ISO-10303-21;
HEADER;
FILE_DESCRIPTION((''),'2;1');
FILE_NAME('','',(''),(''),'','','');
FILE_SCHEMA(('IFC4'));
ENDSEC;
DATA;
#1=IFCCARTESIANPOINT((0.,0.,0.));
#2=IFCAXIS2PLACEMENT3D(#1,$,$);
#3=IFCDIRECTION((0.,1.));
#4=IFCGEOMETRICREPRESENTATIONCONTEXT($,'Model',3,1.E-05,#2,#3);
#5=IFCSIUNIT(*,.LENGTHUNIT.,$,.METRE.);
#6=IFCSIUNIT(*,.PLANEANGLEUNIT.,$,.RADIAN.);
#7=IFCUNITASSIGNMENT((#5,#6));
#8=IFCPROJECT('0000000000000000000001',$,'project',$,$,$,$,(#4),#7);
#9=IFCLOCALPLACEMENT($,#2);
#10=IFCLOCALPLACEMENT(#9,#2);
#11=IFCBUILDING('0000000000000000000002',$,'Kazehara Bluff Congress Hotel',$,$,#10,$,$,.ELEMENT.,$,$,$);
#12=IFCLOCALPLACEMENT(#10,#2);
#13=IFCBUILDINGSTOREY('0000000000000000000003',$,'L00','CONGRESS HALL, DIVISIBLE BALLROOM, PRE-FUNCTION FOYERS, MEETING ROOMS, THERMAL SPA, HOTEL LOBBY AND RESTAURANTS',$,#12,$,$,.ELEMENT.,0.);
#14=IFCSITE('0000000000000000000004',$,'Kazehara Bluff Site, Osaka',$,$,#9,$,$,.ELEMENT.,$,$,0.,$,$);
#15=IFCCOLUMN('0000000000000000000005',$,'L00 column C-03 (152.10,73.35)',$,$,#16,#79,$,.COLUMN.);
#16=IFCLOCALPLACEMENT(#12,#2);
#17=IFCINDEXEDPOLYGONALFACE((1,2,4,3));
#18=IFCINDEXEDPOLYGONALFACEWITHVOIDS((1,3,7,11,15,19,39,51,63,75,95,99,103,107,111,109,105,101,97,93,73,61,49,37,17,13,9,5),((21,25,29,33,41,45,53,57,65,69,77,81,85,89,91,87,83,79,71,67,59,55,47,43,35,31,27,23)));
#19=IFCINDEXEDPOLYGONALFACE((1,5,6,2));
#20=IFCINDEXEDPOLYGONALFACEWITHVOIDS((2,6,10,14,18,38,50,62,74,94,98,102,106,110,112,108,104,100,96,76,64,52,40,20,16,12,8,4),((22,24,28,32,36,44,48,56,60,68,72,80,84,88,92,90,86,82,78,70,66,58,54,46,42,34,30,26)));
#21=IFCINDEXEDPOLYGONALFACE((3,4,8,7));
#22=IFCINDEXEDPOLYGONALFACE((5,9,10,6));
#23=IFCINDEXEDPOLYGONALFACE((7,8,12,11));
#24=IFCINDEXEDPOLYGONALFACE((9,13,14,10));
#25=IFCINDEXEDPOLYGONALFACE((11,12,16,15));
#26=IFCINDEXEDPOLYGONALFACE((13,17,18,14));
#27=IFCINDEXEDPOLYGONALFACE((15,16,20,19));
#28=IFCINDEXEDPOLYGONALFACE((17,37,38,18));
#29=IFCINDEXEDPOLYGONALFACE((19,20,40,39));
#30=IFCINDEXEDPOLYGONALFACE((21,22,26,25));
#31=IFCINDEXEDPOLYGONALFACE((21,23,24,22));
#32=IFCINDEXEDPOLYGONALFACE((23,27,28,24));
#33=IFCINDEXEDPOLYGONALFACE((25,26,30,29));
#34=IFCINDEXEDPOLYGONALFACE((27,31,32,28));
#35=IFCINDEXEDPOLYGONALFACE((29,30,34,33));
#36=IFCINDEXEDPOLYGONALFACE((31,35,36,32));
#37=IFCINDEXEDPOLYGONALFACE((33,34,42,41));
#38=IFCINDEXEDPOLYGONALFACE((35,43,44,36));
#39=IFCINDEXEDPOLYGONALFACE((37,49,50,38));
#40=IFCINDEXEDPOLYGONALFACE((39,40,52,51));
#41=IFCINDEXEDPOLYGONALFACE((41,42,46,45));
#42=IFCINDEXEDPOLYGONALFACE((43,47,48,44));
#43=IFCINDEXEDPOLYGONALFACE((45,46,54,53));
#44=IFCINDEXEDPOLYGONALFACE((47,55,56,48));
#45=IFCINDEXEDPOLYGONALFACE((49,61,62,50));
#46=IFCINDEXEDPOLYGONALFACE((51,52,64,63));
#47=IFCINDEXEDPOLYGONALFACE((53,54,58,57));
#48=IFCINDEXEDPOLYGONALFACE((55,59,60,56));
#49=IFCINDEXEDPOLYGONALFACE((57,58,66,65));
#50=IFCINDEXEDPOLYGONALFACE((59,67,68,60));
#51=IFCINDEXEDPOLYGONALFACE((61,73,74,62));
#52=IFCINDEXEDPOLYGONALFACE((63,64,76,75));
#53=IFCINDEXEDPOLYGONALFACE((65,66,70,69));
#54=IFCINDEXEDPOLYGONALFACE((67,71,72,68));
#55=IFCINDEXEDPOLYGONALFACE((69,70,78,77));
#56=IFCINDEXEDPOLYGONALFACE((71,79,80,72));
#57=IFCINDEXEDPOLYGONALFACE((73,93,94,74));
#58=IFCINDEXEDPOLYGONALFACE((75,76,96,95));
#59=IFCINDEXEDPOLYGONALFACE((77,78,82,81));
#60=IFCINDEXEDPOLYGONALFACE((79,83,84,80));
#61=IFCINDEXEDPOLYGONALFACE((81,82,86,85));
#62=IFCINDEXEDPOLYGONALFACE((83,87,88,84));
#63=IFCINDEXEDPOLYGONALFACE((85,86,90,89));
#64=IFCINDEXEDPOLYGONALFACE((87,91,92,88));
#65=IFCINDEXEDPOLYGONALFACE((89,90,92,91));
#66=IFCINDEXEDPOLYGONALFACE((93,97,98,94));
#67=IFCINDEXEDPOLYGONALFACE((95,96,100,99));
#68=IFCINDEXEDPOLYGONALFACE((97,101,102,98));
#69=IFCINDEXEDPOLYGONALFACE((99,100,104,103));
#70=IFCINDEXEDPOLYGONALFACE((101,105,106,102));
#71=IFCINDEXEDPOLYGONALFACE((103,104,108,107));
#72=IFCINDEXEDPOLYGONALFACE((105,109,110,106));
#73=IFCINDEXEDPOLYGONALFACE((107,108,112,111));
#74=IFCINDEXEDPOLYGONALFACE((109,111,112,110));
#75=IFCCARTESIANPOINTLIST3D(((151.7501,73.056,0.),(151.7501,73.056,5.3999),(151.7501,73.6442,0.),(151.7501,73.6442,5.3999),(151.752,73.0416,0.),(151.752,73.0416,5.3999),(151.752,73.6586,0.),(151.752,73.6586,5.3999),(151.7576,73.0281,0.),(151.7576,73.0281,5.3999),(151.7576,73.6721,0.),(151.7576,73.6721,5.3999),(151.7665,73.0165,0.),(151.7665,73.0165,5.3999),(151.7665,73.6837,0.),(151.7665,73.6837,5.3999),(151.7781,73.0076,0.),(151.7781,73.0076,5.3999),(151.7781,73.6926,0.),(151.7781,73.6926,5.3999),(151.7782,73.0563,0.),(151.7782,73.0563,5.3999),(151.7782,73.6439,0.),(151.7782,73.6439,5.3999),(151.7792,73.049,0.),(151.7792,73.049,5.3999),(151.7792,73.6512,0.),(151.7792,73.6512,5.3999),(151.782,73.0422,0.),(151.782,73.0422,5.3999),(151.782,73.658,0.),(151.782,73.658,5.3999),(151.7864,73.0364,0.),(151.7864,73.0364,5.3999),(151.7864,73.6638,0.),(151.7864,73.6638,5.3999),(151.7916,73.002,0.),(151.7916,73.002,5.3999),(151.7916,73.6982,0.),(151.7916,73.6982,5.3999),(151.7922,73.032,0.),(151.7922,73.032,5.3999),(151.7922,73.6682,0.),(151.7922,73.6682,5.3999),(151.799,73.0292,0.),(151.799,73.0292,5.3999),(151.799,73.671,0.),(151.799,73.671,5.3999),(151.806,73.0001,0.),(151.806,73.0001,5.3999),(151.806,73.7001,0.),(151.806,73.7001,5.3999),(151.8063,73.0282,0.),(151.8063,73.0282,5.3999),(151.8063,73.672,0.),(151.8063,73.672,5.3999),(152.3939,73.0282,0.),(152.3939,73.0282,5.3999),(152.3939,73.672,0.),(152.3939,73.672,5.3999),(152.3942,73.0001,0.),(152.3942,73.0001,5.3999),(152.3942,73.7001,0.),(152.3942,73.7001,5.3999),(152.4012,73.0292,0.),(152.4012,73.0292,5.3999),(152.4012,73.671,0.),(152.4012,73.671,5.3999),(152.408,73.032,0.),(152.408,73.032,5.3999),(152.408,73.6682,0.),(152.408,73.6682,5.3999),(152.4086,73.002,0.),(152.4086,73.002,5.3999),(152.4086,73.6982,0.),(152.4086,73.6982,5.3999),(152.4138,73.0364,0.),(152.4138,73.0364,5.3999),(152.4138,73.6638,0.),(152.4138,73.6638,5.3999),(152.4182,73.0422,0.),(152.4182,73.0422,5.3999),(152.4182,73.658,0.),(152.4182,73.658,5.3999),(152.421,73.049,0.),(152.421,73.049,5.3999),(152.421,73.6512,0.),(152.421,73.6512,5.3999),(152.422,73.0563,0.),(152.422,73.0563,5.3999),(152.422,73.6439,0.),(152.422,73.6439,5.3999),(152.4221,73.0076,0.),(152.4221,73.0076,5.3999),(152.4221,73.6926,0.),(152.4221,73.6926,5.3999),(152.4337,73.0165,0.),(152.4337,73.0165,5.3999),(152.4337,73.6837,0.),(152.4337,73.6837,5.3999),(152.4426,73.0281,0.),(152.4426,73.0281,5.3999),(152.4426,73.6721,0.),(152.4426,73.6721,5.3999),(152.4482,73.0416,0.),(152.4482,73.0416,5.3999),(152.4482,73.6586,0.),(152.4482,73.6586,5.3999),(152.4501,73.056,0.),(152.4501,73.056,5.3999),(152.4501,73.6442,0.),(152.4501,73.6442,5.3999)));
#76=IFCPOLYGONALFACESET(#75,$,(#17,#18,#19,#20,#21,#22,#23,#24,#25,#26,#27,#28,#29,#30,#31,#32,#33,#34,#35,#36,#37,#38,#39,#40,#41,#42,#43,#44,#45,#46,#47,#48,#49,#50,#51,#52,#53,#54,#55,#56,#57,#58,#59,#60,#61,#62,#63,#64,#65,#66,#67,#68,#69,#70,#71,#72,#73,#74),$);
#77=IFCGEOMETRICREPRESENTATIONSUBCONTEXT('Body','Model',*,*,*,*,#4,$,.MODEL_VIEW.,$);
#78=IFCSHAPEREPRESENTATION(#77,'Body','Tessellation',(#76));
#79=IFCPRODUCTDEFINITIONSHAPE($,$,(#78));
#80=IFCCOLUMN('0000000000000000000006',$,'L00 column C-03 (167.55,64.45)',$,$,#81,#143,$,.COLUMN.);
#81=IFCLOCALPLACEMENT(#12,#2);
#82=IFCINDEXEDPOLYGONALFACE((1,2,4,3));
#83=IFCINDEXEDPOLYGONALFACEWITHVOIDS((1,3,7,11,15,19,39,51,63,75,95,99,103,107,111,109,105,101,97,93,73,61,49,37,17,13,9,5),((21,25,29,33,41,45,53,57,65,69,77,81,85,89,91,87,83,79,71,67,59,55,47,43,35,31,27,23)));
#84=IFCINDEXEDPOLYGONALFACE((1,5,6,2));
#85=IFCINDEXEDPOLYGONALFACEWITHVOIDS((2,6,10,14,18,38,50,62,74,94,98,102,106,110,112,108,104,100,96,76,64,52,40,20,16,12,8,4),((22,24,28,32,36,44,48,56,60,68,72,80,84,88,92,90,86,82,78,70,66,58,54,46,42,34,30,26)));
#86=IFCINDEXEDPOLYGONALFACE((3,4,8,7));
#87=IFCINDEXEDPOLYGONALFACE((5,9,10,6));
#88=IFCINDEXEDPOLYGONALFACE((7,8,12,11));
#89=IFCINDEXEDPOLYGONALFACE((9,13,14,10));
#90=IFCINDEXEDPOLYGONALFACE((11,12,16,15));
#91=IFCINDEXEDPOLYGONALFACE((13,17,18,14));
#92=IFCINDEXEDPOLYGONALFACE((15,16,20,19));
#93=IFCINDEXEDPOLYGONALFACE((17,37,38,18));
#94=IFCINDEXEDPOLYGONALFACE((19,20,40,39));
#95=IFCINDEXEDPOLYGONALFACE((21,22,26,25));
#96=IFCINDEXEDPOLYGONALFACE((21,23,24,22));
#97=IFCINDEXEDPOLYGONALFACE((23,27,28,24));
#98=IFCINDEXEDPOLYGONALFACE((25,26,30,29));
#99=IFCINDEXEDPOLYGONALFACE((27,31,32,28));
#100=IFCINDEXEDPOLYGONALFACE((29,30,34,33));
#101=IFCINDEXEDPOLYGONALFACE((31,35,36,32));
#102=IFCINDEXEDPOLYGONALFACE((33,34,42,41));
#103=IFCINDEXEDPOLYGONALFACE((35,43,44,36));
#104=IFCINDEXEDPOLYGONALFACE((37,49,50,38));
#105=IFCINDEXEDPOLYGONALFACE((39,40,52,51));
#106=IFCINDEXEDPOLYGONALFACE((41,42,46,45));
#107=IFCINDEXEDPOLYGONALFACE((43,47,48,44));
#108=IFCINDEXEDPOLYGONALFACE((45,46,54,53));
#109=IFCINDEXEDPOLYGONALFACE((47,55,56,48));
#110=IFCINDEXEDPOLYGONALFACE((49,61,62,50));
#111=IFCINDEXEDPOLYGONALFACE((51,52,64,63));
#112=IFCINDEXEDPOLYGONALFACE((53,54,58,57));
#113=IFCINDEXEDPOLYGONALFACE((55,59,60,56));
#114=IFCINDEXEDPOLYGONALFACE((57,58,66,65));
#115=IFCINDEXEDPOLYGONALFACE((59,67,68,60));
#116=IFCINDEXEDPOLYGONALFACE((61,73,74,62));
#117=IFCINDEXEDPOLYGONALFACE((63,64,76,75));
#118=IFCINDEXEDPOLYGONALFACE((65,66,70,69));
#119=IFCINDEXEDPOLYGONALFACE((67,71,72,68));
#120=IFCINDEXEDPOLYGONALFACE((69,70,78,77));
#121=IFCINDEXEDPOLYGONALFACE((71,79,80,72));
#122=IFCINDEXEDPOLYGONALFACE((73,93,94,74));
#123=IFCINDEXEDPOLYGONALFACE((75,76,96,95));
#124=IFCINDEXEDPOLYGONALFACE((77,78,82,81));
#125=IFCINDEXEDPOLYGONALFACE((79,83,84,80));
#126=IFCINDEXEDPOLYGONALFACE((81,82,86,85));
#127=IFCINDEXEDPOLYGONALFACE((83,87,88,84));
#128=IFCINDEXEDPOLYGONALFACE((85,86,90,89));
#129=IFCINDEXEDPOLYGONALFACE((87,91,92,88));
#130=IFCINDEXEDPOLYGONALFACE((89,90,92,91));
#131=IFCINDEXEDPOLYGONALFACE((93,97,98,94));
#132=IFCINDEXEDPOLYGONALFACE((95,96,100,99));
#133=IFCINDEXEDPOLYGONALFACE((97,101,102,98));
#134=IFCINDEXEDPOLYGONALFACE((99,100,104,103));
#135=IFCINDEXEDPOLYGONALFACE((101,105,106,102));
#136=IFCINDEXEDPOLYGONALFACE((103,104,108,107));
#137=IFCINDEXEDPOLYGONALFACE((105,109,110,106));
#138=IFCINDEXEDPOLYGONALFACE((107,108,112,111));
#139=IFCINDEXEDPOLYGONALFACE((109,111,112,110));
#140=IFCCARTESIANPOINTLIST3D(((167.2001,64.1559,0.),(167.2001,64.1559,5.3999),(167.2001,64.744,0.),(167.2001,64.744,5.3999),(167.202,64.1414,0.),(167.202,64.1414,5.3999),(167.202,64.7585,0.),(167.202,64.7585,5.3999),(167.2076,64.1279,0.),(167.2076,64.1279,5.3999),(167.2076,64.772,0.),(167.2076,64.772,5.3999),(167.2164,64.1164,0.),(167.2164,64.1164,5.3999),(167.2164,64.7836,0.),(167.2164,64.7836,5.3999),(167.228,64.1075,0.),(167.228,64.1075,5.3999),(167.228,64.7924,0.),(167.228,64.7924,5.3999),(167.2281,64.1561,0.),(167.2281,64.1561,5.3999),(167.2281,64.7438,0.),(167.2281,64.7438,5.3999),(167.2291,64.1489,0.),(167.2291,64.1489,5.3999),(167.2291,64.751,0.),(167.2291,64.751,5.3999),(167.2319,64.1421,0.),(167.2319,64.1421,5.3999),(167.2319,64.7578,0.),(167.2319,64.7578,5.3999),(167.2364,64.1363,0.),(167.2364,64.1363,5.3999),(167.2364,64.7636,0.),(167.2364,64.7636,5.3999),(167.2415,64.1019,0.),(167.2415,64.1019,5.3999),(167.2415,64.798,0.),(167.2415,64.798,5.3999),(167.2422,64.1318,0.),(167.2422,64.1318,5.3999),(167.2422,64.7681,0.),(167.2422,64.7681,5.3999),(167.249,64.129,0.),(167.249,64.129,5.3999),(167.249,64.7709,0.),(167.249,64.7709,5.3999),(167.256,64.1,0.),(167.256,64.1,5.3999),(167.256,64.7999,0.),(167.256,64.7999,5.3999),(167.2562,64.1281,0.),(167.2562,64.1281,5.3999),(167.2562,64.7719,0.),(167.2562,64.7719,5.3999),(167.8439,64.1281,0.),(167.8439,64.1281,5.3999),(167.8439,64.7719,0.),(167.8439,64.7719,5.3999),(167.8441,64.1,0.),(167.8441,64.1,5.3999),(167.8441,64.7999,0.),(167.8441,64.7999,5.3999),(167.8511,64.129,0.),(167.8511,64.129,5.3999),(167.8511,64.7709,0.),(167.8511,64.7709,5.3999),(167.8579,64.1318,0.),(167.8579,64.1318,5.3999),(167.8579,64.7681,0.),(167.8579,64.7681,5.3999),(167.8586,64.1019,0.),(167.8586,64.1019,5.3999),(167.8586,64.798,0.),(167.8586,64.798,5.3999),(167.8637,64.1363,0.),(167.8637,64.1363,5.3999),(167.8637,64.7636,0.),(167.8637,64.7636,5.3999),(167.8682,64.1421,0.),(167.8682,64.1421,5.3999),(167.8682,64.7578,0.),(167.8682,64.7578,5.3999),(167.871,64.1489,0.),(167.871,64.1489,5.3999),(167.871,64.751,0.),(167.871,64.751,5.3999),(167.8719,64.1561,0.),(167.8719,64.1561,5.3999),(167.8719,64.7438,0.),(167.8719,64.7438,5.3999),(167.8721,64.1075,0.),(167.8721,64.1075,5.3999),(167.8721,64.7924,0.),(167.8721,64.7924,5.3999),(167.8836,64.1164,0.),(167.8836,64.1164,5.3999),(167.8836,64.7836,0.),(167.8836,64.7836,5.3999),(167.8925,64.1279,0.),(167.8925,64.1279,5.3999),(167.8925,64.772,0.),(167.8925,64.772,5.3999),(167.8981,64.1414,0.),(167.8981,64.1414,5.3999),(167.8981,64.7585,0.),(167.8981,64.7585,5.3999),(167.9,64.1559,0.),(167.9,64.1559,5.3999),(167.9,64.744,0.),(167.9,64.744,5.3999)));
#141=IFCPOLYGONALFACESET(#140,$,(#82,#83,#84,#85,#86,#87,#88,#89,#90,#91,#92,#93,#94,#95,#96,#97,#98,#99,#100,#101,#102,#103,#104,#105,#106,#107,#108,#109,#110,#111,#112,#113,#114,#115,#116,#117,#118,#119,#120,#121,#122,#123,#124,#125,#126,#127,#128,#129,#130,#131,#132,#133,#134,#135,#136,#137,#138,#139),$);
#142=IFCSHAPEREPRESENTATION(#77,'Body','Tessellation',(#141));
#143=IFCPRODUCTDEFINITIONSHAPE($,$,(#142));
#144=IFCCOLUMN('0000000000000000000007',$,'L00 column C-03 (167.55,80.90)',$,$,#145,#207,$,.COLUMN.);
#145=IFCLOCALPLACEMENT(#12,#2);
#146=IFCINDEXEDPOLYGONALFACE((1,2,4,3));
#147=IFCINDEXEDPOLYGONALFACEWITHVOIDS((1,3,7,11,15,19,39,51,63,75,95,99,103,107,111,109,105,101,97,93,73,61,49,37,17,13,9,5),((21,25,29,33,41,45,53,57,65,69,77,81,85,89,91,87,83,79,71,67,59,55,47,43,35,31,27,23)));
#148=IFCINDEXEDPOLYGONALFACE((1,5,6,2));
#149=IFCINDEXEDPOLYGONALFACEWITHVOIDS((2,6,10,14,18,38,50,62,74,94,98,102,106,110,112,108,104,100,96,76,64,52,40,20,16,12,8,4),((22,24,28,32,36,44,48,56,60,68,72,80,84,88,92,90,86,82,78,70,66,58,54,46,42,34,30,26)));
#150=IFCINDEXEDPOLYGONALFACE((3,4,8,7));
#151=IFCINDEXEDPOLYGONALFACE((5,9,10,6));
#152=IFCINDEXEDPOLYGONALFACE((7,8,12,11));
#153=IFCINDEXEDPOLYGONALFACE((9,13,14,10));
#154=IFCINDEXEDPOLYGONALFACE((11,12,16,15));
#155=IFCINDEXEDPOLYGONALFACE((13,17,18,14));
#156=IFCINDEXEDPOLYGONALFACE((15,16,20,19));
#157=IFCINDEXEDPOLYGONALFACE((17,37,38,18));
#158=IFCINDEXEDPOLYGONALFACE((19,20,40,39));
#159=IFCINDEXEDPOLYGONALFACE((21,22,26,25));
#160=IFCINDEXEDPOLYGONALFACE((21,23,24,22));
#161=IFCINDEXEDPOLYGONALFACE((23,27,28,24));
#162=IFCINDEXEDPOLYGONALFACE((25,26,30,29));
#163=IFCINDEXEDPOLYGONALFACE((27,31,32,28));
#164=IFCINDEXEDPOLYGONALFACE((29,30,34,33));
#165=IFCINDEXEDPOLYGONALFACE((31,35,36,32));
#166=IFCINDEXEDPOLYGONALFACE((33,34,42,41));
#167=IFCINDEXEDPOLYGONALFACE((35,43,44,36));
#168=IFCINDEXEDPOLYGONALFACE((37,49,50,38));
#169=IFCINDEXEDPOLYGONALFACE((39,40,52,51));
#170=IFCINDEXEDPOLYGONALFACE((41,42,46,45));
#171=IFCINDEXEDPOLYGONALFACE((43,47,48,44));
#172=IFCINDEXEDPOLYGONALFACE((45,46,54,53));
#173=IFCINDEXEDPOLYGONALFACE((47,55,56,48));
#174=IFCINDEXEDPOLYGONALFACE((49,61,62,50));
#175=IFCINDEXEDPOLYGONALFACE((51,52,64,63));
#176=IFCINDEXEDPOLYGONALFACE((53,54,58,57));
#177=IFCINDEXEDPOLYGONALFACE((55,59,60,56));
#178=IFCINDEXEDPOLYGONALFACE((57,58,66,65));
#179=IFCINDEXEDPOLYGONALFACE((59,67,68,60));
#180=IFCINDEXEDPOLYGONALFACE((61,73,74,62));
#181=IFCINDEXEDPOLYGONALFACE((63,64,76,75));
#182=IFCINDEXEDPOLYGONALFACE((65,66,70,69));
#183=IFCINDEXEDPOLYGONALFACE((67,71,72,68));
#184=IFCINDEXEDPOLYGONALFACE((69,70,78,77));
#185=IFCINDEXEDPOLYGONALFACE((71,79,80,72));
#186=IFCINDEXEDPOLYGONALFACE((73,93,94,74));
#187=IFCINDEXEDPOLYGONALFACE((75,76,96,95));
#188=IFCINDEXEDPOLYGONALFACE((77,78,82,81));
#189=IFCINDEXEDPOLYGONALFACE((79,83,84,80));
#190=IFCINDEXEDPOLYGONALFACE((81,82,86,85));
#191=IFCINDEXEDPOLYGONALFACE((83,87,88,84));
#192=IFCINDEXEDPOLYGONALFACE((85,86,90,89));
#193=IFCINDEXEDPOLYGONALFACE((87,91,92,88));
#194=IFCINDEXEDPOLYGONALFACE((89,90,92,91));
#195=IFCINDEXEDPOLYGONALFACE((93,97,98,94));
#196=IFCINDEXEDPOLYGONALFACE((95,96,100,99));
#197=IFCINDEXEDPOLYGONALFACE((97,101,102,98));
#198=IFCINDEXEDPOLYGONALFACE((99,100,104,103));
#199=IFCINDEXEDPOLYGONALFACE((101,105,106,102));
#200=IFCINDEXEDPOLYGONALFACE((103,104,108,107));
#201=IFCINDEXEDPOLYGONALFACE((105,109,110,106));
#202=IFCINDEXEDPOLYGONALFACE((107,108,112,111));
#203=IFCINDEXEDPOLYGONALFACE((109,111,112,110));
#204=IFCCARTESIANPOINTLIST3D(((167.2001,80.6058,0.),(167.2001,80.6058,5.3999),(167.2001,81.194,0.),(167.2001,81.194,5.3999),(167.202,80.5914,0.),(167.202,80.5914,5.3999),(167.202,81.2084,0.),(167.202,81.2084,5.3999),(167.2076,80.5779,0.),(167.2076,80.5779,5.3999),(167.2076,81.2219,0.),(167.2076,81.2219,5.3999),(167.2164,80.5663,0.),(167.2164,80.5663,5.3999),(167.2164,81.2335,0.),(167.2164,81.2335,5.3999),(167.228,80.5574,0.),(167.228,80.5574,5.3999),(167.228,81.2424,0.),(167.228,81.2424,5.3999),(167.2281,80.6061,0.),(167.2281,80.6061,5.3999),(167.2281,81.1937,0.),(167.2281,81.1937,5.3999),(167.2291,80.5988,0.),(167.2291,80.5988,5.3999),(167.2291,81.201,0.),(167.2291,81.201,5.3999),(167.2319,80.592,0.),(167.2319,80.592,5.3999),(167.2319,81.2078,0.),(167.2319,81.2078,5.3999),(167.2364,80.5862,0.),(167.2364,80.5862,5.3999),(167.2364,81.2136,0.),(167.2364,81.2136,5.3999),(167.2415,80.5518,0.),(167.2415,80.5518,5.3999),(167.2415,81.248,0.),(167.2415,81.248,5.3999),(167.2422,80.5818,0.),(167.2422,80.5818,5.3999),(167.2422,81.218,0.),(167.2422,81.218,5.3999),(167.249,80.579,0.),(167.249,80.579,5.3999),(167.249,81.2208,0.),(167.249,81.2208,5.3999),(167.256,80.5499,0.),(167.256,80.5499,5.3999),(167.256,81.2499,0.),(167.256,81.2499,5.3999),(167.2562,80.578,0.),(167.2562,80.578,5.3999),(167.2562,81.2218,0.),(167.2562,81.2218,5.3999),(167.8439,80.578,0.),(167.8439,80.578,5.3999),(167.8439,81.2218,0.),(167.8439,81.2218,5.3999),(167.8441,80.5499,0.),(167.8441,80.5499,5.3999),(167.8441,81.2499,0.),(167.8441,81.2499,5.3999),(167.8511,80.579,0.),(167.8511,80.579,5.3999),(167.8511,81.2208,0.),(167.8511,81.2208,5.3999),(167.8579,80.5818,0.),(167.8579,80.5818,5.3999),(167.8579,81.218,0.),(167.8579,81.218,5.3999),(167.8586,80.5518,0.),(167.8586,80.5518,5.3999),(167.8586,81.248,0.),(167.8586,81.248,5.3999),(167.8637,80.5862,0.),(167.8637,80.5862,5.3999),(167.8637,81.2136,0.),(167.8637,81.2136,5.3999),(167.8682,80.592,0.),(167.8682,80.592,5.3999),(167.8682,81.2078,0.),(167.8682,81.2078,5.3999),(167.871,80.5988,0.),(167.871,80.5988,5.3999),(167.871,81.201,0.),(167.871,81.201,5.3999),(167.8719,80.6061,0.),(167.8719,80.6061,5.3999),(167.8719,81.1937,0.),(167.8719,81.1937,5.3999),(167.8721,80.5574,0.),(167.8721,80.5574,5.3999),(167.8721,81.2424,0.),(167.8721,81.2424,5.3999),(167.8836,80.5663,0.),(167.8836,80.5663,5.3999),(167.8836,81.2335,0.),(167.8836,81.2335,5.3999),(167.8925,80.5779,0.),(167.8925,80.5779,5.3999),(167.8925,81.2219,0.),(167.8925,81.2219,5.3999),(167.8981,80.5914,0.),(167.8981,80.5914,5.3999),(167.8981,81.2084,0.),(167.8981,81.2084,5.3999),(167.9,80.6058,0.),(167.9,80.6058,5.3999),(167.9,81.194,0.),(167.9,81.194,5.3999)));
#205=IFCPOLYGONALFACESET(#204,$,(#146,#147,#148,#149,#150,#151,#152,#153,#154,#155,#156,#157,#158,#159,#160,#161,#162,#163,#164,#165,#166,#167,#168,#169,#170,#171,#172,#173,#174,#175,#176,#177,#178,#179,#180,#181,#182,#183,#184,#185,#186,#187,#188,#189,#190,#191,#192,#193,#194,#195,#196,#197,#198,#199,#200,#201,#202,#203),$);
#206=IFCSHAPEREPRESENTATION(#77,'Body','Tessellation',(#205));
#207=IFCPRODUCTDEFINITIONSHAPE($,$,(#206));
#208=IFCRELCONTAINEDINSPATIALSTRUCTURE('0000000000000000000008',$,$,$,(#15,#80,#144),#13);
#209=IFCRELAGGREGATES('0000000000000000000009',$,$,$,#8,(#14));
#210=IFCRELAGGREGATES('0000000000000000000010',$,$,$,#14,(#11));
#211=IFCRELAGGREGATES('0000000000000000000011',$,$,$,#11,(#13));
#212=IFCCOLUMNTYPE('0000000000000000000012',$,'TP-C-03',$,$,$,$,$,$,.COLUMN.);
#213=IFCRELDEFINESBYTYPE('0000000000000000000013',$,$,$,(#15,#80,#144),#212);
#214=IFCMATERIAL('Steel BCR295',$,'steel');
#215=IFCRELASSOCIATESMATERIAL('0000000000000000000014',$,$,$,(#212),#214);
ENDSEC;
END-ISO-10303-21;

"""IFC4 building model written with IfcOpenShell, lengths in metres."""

from ifc_helpers import new_model, si_unit, direction, frame, origin, origin_2d, place, context, subcontext, project, spatial, hollow_rectangle, extrude, material, material_profile, profile_set, type_object, element, save


model = new_model("IFC4")

# Units and contexts
model_context = context("Model", 3, precision=1e-05, world=origin(), true_north=direction((0.0, 1.0)))
body_context = subcontext(model_context, "Body", "Model", "MODEL_VIEW")
ifc_project = project(units=[si_unit("LENGTHUNIT", "METRE"), si_unit("PLANEANGLEUNIT", "RADIAN")], contexts=[model_context])

# Site, building, storey
site_placement = place(None, origin())
site = spatial("IfcSite", under=ifc_project, at=site_placement, Name="Kazehara Bluff Site, Osaka", CompositionType="ELEMENT", RefElevation=0.0)
building_placement = place(site_placement, origin())
building = spatial("IfcBuilding", under=site, at=building_placement, Name="Kazehara Bluff Congress Hotel", CompositionType="ELEMENT")
storey_placement = place(building_placement, origin())
storey = spatial("IfcBuildingStorey", under=building, at=storey_placement, Name="L00", Description="CONGRESS HALL, DIVISIBLE BALLROOM, PRE-FUNCTION FOYERS, MEETING ROOMS, THERMAL SPA, HOTEL LOBBY AND RESTAURANTS", CompositionType="ELEMENT", Elevation=0.0)

# Columns
ifc_material_1 = material(Name="Steel BCR295", Category="steel")
ifc_material_profile_1 = material_profile(ifc_material_1, hollow_rectangle(XDim=0.7, YDim=0.7, WallThickness=0.0281, InnerFilletRadius=0.0281, OuterFilletRadius=0.0559, at=origin_2d()))
ifc_profile_set_1 = profile_set([ifc_material_profile_1], Name="Steel BCR295")
column_type_1 = type_object("IfcColumnType", Name="TP-C-03", PredefinedType="COLUMN", material=ifc_profile_set_1)
for number, where, z_axis, x_axis, name in (
    (1, (152.1001, 73.3501, 0.0), (0.0, 0.0, 1.0), (1.0, 0.0, 0.0), "L00 column C-03 (152.10,73.35)"),
    (2, (167.55, 64.45, 0.0), (0.0, 0.0, 1.0), (1.0, 0.0, 0.0), "L00 column C-03 (167.55,64.45)"),
    (3, (167.55, 80.8999, 0.0), (0.0, 0.0, 1.0), (1.0, 0.0, 0.0), "L00 column C-03 (167.55,80.90)"),
):
    element("IfcColumn", number, at=place(storey_placement, frame(where, z_axis=z_axis, x_axis=x_axis)), inside=storey, type_object=column_type_1, Name=name, PredefinedType="COLUMN", context=body_context, shape_type="SweptSolid", body=[
        extrude(hollow_rectangle(XDim=0.7, YDim=0.7, WallThickness=0.0281, InnerFilletRadius=0.0281, OuterFilletRadius=0.0559, at=origin_2d()), origin(), (0.0, 0.0, 1.0), 5.3999),
    ])

save(model, "model.ifc")
